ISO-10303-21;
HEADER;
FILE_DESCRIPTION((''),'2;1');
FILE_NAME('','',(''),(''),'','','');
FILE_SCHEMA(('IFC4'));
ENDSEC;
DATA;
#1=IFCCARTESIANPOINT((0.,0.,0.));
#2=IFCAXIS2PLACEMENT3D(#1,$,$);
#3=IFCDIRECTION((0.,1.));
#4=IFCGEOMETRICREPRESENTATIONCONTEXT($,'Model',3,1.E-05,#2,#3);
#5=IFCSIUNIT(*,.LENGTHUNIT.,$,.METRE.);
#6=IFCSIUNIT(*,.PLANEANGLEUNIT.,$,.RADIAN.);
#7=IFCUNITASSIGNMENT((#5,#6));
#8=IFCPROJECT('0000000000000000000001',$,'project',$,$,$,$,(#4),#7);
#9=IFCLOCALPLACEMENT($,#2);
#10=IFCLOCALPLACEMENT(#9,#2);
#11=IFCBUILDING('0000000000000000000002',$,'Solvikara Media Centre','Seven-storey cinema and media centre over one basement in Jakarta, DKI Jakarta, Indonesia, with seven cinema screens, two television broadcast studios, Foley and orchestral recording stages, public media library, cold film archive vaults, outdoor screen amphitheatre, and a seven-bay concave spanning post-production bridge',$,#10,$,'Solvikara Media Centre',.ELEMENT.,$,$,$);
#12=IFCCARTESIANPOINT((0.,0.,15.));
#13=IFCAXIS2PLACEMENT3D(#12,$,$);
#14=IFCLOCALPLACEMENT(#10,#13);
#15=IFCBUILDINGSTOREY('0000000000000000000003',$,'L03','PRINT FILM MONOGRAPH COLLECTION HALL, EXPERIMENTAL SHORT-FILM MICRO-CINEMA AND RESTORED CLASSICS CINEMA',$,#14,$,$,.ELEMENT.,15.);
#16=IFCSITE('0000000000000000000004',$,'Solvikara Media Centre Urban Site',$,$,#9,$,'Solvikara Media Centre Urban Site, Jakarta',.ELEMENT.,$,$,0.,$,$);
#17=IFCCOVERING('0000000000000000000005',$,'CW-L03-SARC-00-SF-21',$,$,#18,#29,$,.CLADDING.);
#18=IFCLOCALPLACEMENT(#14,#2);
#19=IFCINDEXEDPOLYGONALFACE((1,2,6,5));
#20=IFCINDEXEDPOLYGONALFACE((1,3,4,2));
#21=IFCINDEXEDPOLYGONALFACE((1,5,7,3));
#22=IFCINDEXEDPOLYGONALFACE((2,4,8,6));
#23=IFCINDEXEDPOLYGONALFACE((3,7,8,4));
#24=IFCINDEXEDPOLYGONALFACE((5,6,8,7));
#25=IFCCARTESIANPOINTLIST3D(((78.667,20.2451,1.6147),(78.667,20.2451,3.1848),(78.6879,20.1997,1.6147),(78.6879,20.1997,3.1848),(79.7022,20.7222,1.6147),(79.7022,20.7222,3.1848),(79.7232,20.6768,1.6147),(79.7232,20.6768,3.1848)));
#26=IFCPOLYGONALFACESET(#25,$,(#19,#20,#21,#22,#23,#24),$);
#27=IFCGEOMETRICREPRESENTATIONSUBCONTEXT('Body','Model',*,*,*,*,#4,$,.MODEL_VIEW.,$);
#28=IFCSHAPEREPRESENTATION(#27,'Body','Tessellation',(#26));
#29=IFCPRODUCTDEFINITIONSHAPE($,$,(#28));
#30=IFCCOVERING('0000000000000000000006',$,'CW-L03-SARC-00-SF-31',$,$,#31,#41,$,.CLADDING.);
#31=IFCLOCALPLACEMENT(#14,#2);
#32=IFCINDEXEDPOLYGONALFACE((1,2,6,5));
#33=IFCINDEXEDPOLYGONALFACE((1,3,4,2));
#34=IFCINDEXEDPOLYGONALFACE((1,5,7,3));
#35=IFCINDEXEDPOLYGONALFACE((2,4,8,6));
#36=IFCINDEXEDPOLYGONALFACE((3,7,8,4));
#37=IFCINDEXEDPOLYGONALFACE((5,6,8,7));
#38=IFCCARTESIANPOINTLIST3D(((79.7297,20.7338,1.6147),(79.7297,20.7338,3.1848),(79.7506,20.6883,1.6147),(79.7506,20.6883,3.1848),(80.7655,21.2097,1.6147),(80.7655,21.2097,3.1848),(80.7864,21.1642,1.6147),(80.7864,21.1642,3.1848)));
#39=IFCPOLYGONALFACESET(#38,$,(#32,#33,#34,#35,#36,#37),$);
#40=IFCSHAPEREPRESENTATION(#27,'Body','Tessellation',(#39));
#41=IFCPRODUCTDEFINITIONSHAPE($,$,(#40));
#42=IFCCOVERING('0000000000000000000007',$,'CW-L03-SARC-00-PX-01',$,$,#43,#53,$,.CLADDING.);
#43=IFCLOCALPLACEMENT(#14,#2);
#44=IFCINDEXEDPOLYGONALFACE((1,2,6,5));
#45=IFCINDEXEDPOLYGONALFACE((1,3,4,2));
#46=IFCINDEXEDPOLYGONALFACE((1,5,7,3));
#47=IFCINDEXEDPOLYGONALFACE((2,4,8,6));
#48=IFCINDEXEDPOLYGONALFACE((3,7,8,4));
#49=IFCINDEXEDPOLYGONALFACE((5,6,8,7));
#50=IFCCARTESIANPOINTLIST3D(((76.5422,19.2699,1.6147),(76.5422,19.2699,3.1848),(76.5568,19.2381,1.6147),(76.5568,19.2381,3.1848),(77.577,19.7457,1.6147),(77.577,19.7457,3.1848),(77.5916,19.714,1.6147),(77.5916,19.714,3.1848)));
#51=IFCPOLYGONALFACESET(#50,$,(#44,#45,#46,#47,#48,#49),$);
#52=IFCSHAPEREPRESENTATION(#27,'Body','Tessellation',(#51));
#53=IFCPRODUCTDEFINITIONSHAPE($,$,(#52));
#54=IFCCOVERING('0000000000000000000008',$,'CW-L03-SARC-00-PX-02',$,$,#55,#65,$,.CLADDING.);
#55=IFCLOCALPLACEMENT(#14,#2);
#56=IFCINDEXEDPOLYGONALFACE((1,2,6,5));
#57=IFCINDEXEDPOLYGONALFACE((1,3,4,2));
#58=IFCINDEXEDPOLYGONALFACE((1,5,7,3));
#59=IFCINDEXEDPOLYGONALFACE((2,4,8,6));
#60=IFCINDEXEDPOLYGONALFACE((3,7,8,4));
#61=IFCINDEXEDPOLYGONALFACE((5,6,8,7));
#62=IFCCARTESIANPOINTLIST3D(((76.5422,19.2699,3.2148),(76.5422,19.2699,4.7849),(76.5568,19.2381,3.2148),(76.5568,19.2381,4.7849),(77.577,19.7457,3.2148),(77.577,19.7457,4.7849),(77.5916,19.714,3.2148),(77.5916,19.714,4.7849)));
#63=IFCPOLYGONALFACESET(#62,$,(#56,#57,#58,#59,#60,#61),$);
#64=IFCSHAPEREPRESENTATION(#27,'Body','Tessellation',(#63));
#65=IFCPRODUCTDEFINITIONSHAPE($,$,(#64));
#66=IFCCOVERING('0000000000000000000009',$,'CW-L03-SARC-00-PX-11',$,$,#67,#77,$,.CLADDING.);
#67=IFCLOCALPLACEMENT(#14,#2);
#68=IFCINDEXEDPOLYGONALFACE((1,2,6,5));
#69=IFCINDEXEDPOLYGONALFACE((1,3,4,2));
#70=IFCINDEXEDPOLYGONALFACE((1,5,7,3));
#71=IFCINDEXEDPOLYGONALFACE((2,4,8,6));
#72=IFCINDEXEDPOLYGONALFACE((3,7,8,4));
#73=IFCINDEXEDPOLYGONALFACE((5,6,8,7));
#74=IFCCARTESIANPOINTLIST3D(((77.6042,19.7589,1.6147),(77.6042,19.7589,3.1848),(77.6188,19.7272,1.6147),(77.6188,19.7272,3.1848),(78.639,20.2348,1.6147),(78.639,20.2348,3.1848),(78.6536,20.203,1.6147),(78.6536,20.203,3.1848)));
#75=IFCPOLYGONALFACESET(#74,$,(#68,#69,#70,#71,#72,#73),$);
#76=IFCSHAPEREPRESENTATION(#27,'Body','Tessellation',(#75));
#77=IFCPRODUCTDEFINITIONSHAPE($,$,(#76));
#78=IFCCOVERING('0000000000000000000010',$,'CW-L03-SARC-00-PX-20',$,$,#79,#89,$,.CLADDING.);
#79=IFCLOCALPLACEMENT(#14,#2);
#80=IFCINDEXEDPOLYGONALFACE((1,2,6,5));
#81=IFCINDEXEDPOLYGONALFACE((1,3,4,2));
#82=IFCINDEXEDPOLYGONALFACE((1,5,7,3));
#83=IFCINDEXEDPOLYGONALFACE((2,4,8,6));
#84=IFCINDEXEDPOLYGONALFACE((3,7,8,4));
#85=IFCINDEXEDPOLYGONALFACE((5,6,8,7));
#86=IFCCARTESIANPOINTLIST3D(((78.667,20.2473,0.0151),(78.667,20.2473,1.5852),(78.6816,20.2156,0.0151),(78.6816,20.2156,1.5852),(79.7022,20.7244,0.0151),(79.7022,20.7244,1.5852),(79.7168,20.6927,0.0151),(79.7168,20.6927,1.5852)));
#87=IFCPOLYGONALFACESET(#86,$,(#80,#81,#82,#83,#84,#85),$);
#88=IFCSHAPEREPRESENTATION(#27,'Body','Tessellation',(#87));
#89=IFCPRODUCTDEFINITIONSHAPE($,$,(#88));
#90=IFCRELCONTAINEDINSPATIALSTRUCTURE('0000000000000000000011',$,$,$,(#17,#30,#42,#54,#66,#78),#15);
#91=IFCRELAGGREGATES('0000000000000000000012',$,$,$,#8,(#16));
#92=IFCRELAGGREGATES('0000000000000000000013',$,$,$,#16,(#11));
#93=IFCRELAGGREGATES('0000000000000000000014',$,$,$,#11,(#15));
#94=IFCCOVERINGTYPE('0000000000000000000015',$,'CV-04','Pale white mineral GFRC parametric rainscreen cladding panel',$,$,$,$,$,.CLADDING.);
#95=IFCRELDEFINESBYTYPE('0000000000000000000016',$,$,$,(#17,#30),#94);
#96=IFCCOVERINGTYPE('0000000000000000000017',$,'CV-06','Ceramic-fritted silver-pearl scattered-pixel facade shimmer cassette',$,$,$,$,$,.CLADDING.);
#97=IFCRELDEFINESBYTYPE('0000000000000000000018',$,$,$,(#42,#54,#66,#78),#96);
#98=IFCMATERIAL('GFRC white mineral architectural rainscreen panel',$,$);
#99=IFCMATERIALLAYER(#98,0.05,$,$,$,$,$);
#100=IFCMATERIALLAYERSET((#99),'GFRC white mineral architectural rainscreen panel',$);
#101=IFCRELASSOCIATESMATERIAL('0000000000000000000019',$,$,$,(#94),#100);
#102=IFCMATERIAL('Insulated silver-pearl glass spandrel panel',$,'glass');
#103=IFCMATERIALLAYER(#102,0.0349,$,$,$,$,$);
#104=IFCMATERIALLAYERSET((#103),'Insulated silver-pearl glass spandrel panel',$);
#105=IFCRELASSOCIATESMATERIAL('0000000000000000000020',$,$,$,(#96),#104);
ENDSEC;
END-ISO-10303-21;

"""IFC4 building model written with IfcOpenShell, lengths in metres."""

from ifc_helpers import new_model, si_unit, direction, frame, origin, origin_2d, place, context, subcontext, project, spatial, rectangle, extrude, material, layer, layer_set, type_object, element, save


model = new_model("IFC4")

# Units and contexts
model_context = context("Model", 3, precision=1e-05, world=origin(), true_north=direction((0.0, 1.0)))
body_context = subcontext(model_context, "Body", "Model", "MODEL_VIEW")
ifc_project = project(units=[si_unit("LENGTHUNIT", "METRE"), si_unit("PLANEANGLEUNIT", "RADIAN")], contexts=[model_context])

# Site, building, storey
site_placement = place(None, origin())
site = spatial("IfcSite", under=ifc_project, at=site_placement, Name="Solvikara Media Centre Urban Site", LongName="Solvikara Media Centre Urban Site, Jakarta", CompositionType="ELEMENT", RefElevation=0.0)
building_placement = place(site_placement, origin())
building = spatial("IfcBuilding", under=site, at=building_placement, Name="Solvikara Media Centre", Description="Seven-storey cinema and media centre over one basement in Jakarta, DKI Jakarta, Indonesia, with seven cinema screens, two television broadcast studios, Foley and orchestral recording stages, public media library, cold film archive vaults, outdoor screen amphitheatre, and a seven-bay concave spanning post-production bridge", LongName="Solvikara Media Centre", CompositionType="ELEMENT")
storey_placement = place(building_placement, frame((0.0, 0.0, 15.0)))
storey = spatial("IfcBuildingStorey", under=building, at=storey_placement, Name="L03", Description="PRINT FILM MONOGRAPH COLLECTION HALL, EXPERIMENTAL SHORT-FILM MICRO-CINEMA AND RESTORED CLASSICS CINEMA", CompositionType="ELEMENT", Elevation=15.0)

# Coverings
ifc_material_1 = material(Name="GFRC white mineral architectural rainscreen panel")
ifc_layer_1 = layer(ifc_material_1, 0.05)
ifc_layer_set_1 = layer_set([ifc_layer_1], Name="GFRC white mineral architectural rainscreen panel")
covering_type_1 = type_object("IfcCoveringType", Name="CV-04", Description="Pale white mineral GFRC parametric rainscreen cladding panel", PredefinedType="CLADDING", material=ifc_layer_set_1)
for number, where, z_axis, x_axis, name in (
    (1, (79.1951, 20.4609, 1.6147), (0.0, 0.0, 1.0), (0.908187, 0.418565, 0.0), "CW-L03-SARC-00-SF-21"),
    (2, (80.2581, 20.949, 1.6147), (0.0, 0.0, 1.0), (0.908676, 0.417502, 0.0), "CW-L03-SARC-00-SF-31"),
):
    element("IfcCovering", number, at=place(storey_placement, frame(where, z_axis=z_axis, x_axis=x_axis)), inside=storey, type_object=covering_type_1, Name=name, PredefinedType="CLADDING", context=body_context, shape_type="SweptSolid", body=[
        extrude(rectangle(XDim=1.1399, YDim=0.05, at=origin_2d()), origin(), (0.0, 0.0, 1.0), 1.5701),
    ])
ifc_material_2 = material(Name="Insulated silver-pearl glass spandrel panel", Category="glass")
ifc_layer_2 = layer(ifc_material_2, 0.0349)
ifc_layer_set_2 = layer_set([ifc_layer_2], Name="Insulated silver-pearl glass spandrel panel")
covering_type_2 = type_object("IfcCoveringType", Name="CV-06", Description="Ceramic-fritted silver-pearl scattered-pixel facade shimmer cassette", PredefinedType="CLADDING", material=ifc_layer_set_2)
for number, where, z_axis, x_axis, name in (
    (3, (77.0669, 19.4919, 1.6147), (0.0, 0.0, 1.0), (0.908523, 0.417835, 0.0), "CW-L03-SARC-00-PX-01"),
    (4, (77.0669, 19.4919, 3.2148), (0.0, 0.0, 1.0), (0.908523, 0.417835, 0.0), "CW-L03-SARC-00-PX-02"),
    (5, (78.1289, 19.981, 1.6147), (0.0, 0.0, 1.0), (0.908523, 0.417835, 0.0), "CW-L03-SARC-00-PX-11"),
):
    element("IfcCovering", number, at=place(storey_placement, frame(where, z_axis=z_axis, x_axis=x_axis)), inside=storey, type_object=covering_type_2, Name=name, PredefinedType="CLADDING", context=body_context, shape_type="SweptSolid", body=[
        extrude(rectangle(XDim=1.1389, YDim=0.0349, at=origin_2d()), origin(), (0.0, 0.0, 1.0), 1.5701),
    ])
covering_placement = place(storey_placement, frame((79.1919, 20.47, 0.0151), z_axis=(0.0, 0.0, 1.0), x_axis=(0.908187, 0.418565, 0.0)))
element("IfcCovering", 6, at=covering_placement, inside=storey, type_object=covering_type_2, Name="CW-L03-SARC-00-PX-20", PredefinedType="CLADDING", context=body_context, shape_type="SweptSolid", body=[
    extrude(rectangle(XDim=1.1399, YDim=0.0349, at=origin_2d()), origin(), (0.0, 0.0, 1.0), 1.5701),
])

save(model, "model.ifc")
